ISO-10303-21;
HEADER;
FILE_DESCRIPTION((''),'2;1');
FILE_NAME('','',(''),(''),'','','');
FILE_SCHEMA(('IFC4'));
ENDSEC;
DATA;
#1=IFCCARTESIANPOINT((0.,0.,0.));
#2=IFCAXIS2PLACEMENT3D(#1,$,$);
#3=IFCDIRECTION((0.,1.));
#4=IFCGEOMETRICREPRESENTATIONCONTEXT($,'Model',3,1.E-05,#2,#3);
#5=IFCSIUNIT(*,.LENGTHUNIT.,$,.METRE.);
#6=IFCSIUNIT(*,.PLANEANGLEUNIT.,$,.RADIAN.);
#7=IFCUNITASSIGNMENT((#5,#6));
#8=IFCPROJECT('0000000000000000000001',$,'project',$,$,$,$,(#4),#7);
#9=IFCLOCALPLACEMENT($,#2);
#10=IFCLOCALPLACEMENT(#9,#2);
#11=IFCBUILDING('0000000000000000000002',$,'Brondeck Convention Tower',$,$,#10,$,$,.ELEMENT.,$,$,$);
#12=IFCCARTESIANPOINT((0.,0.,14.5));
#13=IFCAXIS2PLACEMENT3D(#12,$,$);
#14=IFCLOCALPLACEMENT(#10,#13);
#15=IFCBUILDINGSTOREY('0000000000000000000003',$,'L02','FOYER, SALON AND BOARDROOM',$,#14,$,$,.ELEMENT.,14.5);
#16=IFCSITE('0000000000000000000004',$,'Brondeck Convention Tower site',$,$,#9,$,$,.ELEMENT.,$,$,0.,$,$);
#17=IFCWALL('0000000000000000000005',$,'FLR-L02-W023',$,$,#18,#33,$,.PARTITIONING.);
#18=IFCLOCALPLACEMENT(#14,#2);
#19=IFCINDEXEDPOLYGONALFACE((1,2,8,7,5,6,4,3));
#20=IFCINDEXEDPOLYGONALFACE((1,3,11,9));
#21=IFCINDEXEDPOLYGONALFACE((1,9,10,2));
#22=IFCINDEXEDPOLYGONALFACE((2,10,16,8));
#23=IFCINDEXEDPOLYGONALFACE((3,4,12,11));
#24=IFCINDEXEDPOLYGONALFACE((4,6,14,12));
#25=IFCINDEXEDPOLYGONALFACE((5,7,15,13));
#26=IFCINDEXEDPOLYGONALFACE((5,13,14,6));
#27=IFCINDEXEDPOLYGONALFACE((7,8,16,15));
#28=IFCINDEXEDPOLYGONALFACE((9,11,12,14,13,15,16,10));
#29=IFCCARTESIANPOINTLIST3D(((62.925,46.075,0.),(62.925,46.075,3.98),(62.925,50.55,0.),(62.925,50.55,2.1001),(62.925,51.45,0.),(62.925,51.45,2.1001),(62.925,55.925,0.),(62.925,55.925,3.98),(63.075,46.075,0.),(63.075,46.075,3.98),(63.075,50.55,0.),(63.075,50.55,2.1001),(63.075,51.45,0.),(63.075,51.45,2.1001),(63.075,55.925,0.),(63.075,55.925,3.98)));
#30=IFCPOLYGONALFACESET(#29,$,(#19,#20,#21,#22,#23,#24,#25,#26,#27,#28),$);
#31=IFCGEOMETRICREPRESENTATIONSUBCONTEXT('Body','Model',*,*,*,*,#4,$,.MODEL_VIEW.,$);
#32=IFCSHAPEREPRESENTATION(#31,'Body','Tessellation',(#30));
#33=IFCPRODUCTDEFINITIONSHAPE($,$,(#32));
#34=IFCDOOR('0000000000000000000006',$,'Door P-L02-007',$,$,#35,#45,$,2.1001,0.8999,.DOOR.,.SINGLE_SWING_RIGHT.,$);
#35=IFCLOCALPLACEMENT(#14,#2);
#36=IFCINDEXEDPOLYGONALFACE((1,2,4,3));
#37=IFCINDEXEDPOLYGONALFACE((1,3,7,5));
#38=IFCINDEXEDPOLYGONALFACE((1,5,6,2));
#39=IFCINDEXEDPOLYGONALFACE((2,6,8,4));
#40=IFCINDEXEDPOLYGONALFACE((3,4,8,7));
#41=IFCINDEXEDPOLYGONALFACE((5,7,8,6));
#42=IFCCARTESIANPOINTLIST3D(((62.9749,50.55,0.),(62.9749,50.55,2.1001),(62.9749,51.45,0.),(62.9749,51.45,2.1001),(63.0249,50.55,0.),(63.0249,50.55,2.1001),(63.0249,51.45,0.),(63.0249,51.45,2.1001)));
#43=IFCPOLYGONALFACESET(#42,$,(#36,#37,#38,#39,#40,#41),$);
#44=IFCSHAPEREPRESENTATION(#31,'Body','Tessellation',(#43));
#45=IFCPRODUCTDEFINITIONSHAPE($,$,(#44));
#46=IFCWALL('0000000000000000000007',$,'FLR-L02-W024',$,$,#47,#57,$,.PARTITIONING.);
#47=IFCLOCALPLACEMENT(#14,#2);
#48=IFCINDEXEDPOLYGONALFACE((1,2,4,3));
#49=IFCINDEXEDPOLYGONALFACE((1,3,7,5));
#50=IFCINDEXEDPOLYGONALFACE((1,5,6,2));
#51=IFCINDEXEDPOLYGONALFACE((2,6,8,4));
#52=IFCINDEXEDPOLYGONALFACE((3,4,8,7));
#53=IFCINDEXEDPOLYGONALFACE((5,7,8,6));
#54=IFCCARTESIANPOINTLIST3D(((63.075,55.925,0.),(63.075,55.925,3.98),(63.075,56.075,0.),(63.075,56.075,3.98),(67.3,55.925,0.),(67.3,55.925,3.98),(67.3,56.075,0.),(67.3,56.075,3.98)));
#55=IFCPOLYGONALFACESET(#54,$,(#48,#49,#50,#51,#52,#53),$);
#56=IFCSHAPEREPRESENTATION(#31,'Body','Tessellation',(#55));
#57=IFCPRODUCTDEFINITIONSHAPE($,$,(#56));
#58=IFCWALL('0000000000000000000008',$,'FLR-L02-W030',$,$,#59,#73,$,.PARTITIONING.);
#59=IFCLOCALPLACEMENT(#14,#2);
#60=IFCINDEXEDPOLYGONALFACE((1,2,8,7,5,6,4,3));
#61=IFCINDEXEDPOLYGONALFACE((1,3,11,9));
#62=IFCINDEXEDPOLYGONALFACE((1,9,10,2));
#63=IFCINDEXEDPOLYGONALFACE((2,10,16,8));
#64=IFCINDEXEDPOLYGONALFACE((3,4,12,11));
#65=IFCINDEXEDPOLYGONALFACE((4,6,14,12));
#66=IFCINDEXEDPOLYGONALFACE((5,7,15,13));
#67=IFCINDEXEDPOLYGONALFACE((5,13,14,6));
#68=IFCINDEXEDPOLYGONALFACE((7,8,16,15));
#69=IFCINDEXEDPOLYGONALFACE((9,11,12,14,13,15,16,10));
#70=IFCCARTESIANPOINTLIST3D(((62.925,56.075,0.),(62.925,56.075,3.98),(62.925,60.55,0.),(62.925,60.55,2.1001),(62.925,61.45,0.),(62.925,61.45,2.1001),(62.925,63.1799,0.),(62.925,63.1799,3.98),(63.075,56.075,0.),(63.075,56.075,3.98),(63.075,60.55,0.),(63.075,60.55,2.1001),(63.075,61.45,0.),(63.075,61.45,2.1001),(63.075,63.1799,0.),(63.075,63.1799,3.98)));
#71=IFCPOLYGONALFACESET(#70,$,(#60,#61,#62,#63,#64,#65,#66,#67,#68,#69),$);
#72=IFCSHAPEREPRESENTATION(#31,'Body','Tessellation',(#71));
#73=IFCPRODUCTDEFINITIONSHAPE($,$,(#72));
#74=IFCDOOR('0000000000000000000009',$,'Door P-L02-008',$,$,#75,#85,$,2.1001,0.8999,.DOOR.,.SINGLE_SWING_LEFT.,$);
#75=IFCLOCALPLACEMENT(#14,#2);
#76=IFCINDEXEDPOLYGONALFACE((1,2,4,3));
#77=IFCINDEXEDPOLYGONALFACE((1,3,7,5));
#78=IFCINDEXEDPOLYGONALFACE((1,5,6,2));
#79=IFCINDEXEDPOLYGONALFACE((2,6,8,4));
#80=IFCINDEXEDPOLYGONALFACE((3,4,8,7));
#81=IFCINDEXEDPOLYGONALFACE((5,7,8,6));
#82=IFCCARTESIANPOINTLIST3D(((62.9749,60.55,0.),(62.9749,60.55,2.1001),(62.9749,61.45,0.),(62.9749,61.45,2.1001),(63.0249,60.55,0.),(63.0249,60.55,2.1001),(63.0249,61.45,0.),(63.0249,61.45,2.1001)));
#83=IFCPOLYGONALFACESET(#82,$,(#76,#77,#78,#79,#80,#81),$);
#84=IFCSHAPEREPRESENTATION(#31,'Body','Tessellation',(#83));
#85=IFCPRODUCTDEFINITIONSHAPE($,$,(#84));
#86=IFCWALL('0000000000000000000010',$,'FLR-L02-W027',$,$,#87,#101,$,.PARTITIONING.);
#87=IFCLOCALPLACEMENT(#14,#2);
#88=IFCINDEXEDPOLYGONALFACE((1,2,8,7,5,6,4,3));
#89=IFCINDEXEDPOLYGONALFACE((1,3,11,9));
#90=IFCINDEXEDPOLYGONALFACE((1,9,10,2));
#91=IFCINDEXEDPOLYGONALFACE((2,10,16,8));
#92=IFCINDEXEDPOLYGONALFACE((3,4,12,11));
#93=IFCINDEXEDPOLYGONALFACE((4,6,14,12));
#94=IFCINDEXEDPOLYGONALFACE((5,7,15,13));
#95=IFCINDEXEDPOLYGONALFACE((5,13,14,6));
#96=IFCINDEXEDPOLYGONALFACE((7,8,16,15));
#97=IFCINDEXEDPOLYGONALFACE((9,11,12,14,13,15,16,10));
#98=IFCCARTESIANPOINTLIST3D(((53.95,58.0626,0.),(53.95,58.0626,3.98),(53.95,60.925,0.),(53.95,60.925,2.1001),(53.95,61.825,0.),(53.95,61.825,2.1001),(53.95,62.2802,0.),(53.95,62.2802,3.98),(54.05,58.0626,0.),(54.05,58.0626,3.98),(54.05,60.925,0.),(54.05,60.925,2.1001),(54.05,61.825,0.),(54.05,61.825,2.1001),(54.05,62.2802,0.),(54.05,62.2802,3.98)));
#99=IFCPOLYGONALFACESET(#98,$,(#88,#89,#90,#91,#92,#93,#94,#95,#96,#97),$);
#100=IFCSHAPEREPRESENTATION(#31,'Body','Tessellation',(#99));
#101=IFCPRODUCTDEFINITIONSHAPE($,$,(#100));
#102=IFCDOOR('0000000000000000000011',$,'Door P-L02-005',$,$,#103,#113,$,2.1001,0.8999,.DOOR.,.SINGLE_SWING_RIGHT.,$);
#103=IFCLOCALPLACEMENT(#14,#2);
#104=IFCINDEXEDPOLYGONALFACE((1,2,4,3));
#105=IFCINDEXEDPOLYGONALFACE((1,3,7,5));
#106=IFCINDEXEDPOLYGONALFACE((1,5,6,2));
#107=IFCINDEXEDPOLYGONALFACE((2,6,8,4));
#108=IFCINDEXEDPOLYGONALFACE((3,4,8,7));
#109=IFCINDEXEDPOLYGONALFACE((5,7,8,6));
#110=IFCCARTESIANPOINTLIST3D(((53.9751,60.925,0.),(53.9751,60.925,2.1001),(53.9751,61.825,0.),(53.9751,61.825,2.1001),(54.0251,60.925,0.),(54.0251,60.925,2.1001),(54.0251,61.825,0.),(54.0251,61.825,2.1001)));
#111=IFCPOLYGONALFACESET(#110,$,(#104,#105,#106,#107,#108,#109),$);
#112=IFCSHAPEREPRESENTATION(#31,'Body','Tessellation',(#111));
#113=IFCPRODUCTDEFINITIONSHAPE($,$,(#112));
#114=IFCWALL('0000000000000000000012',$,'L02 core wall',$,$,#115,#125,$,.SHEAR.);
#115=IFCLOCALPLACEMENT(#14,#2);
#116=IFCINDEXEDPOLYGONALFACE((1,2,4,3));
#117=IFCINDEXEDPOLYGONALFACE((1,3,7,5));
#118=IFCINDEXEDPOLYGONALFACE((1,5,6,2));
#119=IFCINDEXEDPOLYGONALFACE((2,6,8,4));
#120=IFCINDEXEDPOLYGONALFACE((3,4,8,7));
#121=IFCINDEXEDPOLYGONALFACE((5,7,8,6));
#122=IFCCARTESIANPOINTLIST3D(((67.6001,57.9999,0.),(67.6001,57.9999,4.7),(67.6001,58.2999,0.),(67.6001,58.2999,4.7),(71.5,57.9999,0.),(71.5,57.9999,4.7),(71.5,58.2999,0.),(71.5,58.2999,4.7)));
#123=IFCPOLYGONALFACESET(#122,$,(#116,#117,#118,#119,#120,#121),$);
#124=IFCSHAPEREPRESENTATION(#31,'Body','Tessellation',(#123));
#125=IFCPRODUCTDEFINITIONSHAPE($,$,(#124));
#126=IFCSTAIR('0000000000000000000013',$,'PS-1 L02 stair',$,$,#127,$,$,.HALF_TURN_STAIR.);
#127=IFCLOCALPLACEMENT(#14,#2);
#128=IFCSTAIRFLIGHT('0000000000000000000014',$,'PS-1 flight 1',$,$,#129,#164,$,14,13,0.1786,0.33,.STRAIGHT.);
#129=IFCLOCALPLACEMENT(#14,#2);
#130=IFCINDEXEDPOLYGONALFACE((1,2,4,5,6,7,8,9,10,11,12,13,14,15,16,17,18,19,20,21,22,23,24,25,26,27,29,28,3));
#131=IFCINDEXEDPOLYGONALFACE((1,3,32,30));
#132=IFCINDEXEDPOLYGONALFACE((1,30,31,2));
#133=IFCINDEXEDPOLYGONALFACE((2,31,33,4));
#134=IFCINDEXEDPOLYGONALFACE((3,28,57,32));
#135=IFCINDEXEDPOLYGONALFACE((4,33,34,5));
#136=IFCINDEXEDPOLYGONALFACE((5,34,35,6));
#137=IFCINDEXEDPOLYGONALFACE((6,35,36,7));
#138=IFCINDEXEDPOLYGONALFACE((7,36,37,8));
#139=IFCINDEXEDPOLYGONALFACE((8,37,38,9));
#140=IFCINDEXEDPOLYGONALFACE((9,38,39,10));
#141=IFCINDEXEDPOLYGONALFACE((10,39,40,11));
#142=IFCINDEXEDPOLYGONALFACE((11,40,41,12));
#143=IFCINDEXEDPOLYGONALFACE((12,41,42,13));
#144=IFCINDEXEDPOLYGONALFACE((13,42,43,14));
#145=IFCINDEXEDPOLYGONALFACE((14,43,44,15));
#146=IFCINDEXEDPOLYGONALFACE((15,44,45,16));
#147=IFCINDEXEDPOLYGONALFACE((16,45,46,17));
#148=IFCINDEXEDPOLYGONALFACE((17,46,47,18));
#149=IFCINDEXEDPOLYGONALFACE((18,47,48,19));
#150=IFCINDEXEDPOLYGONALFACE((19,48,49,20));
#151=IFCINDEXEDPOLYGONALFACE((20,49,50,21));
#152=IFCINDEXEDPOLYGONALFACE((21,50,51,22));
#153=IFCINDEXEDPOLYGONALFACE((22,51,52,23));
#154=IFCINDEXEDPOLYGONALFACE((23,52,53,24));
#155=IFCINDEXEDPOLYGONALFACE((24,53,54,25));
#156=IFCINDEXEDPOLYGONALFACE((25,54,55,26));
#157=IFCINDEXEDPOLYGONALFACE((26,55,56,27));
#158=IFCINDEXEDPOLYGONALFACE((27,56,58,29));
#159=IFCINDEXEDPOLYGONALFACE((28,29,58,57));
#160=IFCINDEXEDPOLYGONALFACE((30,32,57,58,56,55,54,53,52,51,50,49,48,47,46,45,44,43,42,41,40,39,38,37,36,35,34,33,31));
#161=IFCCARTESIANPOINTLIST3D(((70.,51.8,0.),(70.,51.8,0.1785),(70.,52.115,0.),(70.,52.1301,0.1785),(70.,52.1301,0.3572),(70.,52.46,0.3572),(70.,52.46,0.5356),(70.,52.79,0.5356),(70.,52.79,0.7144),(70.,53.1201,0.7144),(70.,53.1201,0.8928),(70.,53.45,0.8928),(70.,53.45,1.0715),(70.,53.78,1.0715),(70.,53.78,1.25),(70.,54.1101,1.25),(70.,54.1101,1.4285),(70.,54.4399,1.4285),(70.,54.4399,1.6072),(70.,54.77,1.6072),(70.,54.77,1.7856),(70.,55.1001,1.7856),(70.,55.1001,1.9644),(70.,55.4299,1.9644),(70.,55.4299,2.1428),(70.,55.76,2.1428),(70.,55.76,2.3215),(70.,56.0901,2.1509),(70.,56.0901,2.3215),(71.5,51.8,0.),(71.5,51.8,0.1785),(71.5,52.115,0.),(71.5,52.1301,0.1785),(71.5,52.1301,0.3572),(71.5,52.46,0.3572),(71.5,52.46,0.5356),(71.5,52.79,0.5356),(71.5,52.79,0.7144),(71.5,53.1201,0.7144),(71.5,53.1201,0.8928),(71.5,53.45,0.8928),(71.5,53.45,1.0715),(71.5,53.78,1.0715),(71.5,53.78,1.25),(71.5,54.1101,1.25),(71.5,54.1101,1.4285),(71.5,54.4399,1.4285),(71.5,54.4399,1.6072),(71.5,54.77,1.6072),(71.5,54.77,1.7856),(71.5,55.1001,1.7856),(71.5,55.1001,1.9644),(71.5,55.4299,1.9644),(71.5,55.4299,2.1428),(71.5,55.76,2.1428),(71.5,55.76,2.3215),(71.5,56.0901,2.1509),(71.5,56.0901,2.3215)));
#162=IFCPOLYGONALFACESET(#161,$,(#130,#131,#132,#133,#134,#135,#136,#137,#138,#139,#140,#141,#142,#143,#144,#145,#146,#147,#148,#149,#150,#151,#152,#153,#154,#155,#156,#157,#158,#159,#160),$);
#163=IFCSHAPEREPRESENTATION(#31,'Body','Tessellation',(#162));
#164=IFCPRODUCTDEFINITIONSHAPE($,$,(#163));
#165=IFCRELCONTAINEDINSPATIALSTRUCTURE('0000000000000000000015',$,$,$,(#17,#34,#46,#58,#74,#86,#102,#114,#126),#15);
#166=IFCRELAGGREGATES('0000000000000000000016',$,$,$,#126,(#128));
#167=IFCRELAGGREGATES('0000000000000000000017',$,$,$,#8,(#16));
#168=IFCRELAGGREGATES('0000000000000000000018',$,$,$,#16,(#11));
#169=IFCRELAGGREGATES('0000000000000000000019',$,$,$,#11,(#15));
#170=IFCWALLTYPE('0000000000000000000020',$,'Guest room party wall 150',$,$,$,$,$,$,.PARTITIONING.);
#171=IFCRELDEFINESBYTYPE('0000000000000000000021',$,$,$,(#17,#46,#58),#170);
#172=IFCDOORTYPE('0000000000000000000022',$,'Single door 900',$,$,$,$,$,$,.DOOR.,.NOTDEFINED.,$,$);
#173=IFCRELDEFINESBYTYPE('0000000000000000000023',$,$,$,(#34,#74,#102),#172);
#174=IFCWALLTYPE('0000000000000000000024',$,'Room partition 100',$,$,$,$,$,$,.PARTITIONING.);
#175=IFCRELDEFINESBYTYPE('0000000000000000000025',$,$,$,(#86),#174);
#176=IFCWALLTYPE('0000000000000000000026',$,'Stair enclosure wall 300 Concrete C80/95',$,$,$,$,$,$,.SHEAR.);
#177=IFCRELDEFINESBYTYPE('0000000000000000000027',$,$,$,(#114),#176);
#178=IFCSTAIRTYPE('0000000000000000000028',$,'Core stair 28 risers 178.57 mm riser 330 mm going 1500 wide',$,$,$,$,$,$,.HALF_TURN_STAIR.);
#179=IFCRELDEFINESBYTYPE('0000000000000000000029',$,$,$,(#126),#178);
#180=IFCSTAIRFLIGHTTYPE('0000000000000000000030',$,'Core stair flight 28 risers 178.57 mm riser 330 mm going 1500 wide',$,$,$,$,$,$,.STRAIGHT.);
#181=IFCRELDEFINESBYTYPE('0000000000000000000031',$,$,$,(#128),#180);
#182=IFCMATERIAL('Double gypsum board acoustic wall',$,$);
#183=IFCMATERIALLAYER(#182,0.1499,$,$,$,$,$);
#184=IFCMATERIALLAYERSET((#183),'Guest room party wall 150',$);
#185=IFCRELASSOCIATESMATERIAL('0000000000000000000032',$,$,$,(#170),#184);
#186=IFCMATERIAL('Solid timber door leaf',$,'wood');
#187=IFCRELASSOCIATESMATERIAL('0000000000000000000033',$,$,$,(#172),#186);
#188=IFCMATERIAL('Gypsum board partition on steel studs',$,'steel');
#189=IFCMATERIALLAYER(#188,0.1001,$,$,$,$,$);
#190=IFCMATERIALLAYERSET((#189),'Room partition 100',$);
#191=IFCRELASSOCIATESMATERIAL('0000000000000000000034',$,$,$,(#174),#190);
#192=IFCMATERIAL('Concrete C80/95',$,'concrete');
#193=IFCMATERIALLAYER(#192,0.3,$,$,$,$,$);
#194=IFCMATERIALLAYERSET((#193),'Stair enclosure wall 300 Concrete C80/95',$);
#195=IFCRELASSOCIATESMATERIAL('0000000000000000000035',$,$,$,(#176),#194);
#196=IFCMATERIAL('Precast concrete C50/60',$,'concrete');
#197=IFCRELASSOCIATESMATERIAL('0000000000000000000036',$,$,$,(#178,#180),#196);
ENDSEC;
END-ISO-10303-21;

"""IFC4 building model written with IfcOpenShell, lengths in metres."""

from ifc_helpers import new_model, si_unit, direction, frame, frame_2d, origin, place, context, subcontext, project, spatial, polyline, rectangle, outline, extrude, material, layer, layer_set, type_object, element, fill, aggregate, save


model = new_model("IFC4")

# Units and contexts
model_context = context("Model", 3, precision=1e-05, world=origin(), true_north=direction((0.0, 1.0)))
body_context = subcontext(model_context, "Body", "Model", "MODEL_VIEW")
ifc_project = project(units=[si_unit("LENGTHUNIT", "METRE"), si_unit("PLANEANGLEUNIT", "RADIAN")], contexts=[model_context])

# Site, building, storey
site_placement = place(None, origin())
site = spatial("IfcSite", under=ifc_project, at=site_placement, Name="Brondeck Convention Tower site", CompositionType="ELEMENT", RefElevation=0.0)
building_placement = place(site_placement, origin())
building = spatial("IfcBuilding", under=site, at=building_placement, Name="Brondeck Convention Tower", CompositionType="ELEMENT")
storey_placement = place(building_placement, frame((0.0, 0.0, 14.5)))
storey = spatial("IfcBuildingStorey", under=building, at=storey_placement, Name="L02", Description="FOYER, SALON AND BOARDROOM", CompositionType="ELEMENT", Elevation=14.5)

# Shared definitions
ifc_material_1 = material(Name="Concrete C80/95", Category="concrete")

# Wall, opening, door
ifc_material_2 = material(Name="Double gypsum board acoustic wall")
ifc_layer_1 = layer(ifc_material_2, 0.1499)
ifc_layer_set_1 = layer_set([ifc_layer_1], Name="Guest room party wall 150")
wall_type_1 = type_object("IfcWallType", Name="Guest room party wall 150", PredefinedType="PARTITIONING", material=ifc_layer_set_1)
wall_1_placement = place(storey_placement, frame((63.0, 55.925, 0.0), z_axis=(0.0, 0.0, 1.0), x_axis=(0.0, -1.0, 0.0)))
wall_1 = element("IfcWall", 1, at=wall_1_placement, inside=storey, type_object=wall_type_1, Name="FLR-L02-W023", PredefinedType="PARTITIONING", context=body_context, shape_type="SweptSolid", body=[
    extrude(rectangle(XDim=9.8501, YDim=0.1499, at=frame_2d((4.925, 0.0))), origin(), (0.0, 0.0, 1.0), 3.98),
])
opening_1_placement = place(wall_1_placement, frame((4.4751, 0.0, 0.0)))
opening_1 = element("IfcOpeningElement", 2, at=opening_1_placement, cuts=wall_1, PredefinedType="OPENING", context=body_context, shape_type="SweptSolid", body=[
    extrude(rectangle(XDim=0.8999, YDim=2.1001, at=frame_2d((0.45, 1.05))), frame((0.0, 0.085, 0.0), z_axis=(0.0, -1.0, 0.0), x_axis=(1.0, 0.0, 0.0)), (0.0, 0.0, 1.0), 0.1699),
])
ifc_material_3 = material(Name="Solid timber door leaf", Category="wood")
door_type = type_object("IfcDoorType", Name="Single door 900", OperationType="NOTDEFINED", PredefinedType="DOOR", material=ifc_material_3)
door_1_placement = place(opening_1_placement, origin())
door_1 = element("IfcDoor", 3, at=door_1_placement, inside=storey, type_object=door_type, Name="Door P-L02-007", OperationType="SINGLE_SWING_RIGHT", OverallHeight=2.1001, OverallWidth=0.8999, PredefinedType="DOOR", context=body_context, shape_type="SweptSolid", body=[
    extrude(rectangle(XDim=0.8999, YDim=2.1001, at=frame_2d((0.45, 1.05))), frame((0.0, 0.0249, 0.0), z_axis=(0.0, -1.0, 0.0), x_axis=(1.0, 0.0, 0.0)), (0.0, 0.0, 1.0), 0.05),
])
fill(opening_1, door_1)

# Wall
wall_2_placement = place(storey_placement, frame((63.075, 56.0, 0.0), z_axis=(0.0, 0.0, 1.0), x_axis=(1.0, 0.0, 0.0)))
element("IfcWall", 4, at=wall_2_placement, inside=storey, type_object=wall_type_1, Name="FLR-L02-W024", PredefinedType="PARTITIONING", context=body_context, shape_type="SweptSolid", body=[
    extrude(rectangle(XDim=4.2251, YDim=0.1499, at=frame_2d((2.1125, 0.0))), origin(), (0.0, 0.0, 1.0), 3.98),
])

# Walls, openings, doors
wall_3_placement = place(storey_placement, frame((63.0, 63.1799, 0.0), z_axis=(0.0, 0.0, 1.0), x_axis=(0.0, -1.0, 0.0)))
wall_3 = element("IfcWall", 5, at=wall_3_placement, inside=storey, type_object=wall_type_1, Name="FLR-L02-W030", PredefinedType="PARTITIONING", context=body_context, shape_type="SweptSolid", body=[
    extrude(rectangle(XDim=7.105, YDim=0.1499, at=frame_2d((3.5525, 0.0))), origin(), (0.0, 0.0, 1.0), 3.98),
])
opening_2_placement = place(wall_3_placement, frame((1.73, 0.0, 0.0)))
opening_2 = element("IfcOpeningElement", 6, at=opening_2_placement, cuts=wall_3, PredefinedType="OPENING", context=body_context, shape_type="SweptSolid", body=[
    extrude(rectangle(XDim=0.8999, YDim=2.1001, at=frame_2d((0.45, 1.05))), frame((0.0, 0.085, 0.0), z_axis=(0.0, -1.0, 0.0), x_axis=(1.0, 0.0, 0.0)), (0.0, 0.0, 1.0), 0.1699),
])
door_2_placement = place(opening_2_placement, origin())
door_2 = element("IfcDoor", 7, at=door_2_placement, inside=storey, type_object=door_type, Name="Door P-L02-008", OperationType="SINGLE_SWING_LEFT", OverallHeight=2.1001, OverallWidth=0.8999, PredefinedType="DOOR", context=body_context, shape_type="SweptSolid", body=[
    extrude(rectangle(XDim=0.8999, YDim=2.1001, at=frame_2d((0.45, 1.05))), frame((0.0, 0.0249, 0.0), z_axis=(0.0, -1.0, 0.0), x_axis=(1.0, 0.0, 0.0)), (0.0, 0.0, 1.0), 0.05),
])
fill(opening_2, door_2)
ifc_material_4 = material(Name="Gypsum board partition on steel studs", Category="steel")
ifc_layer_2 = layer(ifc_material_4, 0.1001)
ifc_layer_set_2 = layer_set([ifc_layer_2], Name="Room partition 100")
wall_type_2 = type_object("IfcWallType", Name="Room partition 100", PredefinedType="PARTITIONING", material=ifc_layer_set_2)
wall_4_placement = place(storey_placement, frame((54.0, 58.0625, 0.0), z_axis=(0.0, 0.0, 1.0), x_axis=(0.0, 1.0, 0.0)))
wall_4 = element("IfcWall", 8, at=wall_4_placement, inside=storey, type_object=wall_type_2, Name="FLR-L02-W027", PredefinedType="PARTITIONING", context=body_context, shape_type="SweptSolid", body=[
    extrude(rectangle(XDim=4.2175, YDim=0.1001, at=frame_2d((2.1089, 0.0))), origin(), (0.0, 0.0, 1.0), 3.98),
])
opening_3_placement = place(wall_4_placement, frame((2.8625, 0.0, 0.0)))
opening_3 = element("IfcOpeningElement", 9, at=opening_3_placement, cuts=wall_4, PredefinedType="OPENING", context=body_context, shape_type="SweptSolid", body=[
    extrude(rectangle(XDim=0.8999, YDim=2.1001, at=frame_2d((0.45, 1.05))), frame((0.0, 0.0601, 0.0), z_axis=(0.0, -1.0, 0.0), x_axis=(1.0, 0.0, 0.0)), (0.0, 0.0, 1.0), 0.1201),
])
door_3_placement = place(opening_3_placement, origin())
door_3 = element("IfcDoor", 10, at=door_3_placement, inside=storey, type_object=door_type, Name="Door P-L02-005", OperationType="SINGLE_SWING_RIGHT", OverallHeight=2.1001, OverallWidth=0.8999, PredefinedType="DOOR", context=body_context, shape_type="SweptSolid", body=[
    extrude(rectangle(XDim=0.8999, YDim=2.1001, at=frame_2d((0.45, 1.05))), frame((0.0, 0.0249, 0.0), z_axis=(0.0, -1.0, 0.0), x_axis=(1.0, 0.0, 0.0)), (0.0, 0.0, 1.0), 0.05),
])
fill(opening_3, door_3)

# Wall
ifc_layer_3 = layer(ifc_material_1, 0.3)
ifc_layer_set_3 = layer_set([ifc_layer_3], Name="Stair enclosure wall 300 Concrete C80/95")
wall_type_3 = type_object("IfcWallType", Name="Stair enclosure wall 300 Concrete C80/95", PredefinedType="SHEAR", material=ifc_layer_set_3)
wall_5_placement = place(storey_placement, frame((67.6001, 58.1499, 0.0), z_axis=(0.0, 0.0, 1.0), x_axis=(1.0, 0.0, 0.0)))
element("IfcWall", 11, at=wall_5_placement, inside=storey, type_object=wall_type_3, Name="L02 core wall", PredefinedType="SHEAR", context=body_context, shape_type="SweptSolid", body=[
    extrude(rectangle(XDim=3.8999, YDim=0.3, at=frame_2d((1.95, 0.0))), origin(), (0.0, 0.0, 1.0), 4.7),
])

# Stair, stair flight
ifc_material_5 = material(Name="Precast concrete C50/60", Category="concrete")
stair_type = type_object("IfcStairType", Name="Core stair 28 risers 178.57 mm riser 330 mm going 1500 wide", PredefinedType="HALF_TURN_STAIR", material=ifc_material_5)
stair_placement = place(storey_placement, origin())
stair = element("IfcStair", 12, at=stair_placement, inside=storey, type_object=stair_type, Name="PS-1 L02 stair", PredefinedType="HALF_TURN_STAIR")
stair_flight_type = type_object("IfcStairFlightType", Name="Core stair flight 28 risers 178.57 mm riser 330 mm going 1500 wide", PredefinedType="STRAIGHT", material=ifc_material_5)
stair_flight_1_placement = place(storey_placement, frame((70.75, 51.8, 0.0), z_axis=(0.0, 0.0, 1.0), x_axis=(0.0, 1.0, 0.0)))
stair_flight_1 = element("IfcStairFlight", 13, at=stair_flight_1_placement, type_object=stair_flight_type, Name="PS-1 flight 1", NumberOfRisers=14, NumberOfTreads=13, PredefinedType="STRAIGHT", RiserHeight=0.1786, TreadLength=0.33, context=body_context, shape_type="SweptSolid", body=[
    extrude(outline(polyline([(0.0, 0.0), (0.0, 0.1785), (0.3301, 0.1785), (0.3301, 0.3572), (0.6599, 0.3572), (0.6599, 0.5356), (0.99, 0.5356), (0.99, 0.7144), (1.3201, 0.7144), (1.3201, 0.8928), (1.6499, 0.8928), (1.6499, 1.0715), (1.98, 1.0715), (1.98, 1.25), (2.3101, 1.25), (2.3101, 1.4285), (2.6399, 1.4285), (2.6399, 1.6072), (2.97, 1.6072), (2.97, 1.7856), (3.3, 1.7856), (3.3, 1.9644), (3.6299, 1.9644), (3.6299, 2.1428), (3.96, 2.1428), (3.96, 2.3215), (4.29, 2.3215), (4.29, 2.5), (4.29, 2.1509), (0.3149, 0.0), (0.0, 0.0)])), frame((0.0, 0.75, 0.0), z_axis=(0.0, -1.0, 0.0), x_axis=(1.0, 0.0, 0.0)), (0.0, 0.0, 1.0), 1.5),
])
aggregate(stair, [stair_flight_1])

save(model, "model.ifc")
